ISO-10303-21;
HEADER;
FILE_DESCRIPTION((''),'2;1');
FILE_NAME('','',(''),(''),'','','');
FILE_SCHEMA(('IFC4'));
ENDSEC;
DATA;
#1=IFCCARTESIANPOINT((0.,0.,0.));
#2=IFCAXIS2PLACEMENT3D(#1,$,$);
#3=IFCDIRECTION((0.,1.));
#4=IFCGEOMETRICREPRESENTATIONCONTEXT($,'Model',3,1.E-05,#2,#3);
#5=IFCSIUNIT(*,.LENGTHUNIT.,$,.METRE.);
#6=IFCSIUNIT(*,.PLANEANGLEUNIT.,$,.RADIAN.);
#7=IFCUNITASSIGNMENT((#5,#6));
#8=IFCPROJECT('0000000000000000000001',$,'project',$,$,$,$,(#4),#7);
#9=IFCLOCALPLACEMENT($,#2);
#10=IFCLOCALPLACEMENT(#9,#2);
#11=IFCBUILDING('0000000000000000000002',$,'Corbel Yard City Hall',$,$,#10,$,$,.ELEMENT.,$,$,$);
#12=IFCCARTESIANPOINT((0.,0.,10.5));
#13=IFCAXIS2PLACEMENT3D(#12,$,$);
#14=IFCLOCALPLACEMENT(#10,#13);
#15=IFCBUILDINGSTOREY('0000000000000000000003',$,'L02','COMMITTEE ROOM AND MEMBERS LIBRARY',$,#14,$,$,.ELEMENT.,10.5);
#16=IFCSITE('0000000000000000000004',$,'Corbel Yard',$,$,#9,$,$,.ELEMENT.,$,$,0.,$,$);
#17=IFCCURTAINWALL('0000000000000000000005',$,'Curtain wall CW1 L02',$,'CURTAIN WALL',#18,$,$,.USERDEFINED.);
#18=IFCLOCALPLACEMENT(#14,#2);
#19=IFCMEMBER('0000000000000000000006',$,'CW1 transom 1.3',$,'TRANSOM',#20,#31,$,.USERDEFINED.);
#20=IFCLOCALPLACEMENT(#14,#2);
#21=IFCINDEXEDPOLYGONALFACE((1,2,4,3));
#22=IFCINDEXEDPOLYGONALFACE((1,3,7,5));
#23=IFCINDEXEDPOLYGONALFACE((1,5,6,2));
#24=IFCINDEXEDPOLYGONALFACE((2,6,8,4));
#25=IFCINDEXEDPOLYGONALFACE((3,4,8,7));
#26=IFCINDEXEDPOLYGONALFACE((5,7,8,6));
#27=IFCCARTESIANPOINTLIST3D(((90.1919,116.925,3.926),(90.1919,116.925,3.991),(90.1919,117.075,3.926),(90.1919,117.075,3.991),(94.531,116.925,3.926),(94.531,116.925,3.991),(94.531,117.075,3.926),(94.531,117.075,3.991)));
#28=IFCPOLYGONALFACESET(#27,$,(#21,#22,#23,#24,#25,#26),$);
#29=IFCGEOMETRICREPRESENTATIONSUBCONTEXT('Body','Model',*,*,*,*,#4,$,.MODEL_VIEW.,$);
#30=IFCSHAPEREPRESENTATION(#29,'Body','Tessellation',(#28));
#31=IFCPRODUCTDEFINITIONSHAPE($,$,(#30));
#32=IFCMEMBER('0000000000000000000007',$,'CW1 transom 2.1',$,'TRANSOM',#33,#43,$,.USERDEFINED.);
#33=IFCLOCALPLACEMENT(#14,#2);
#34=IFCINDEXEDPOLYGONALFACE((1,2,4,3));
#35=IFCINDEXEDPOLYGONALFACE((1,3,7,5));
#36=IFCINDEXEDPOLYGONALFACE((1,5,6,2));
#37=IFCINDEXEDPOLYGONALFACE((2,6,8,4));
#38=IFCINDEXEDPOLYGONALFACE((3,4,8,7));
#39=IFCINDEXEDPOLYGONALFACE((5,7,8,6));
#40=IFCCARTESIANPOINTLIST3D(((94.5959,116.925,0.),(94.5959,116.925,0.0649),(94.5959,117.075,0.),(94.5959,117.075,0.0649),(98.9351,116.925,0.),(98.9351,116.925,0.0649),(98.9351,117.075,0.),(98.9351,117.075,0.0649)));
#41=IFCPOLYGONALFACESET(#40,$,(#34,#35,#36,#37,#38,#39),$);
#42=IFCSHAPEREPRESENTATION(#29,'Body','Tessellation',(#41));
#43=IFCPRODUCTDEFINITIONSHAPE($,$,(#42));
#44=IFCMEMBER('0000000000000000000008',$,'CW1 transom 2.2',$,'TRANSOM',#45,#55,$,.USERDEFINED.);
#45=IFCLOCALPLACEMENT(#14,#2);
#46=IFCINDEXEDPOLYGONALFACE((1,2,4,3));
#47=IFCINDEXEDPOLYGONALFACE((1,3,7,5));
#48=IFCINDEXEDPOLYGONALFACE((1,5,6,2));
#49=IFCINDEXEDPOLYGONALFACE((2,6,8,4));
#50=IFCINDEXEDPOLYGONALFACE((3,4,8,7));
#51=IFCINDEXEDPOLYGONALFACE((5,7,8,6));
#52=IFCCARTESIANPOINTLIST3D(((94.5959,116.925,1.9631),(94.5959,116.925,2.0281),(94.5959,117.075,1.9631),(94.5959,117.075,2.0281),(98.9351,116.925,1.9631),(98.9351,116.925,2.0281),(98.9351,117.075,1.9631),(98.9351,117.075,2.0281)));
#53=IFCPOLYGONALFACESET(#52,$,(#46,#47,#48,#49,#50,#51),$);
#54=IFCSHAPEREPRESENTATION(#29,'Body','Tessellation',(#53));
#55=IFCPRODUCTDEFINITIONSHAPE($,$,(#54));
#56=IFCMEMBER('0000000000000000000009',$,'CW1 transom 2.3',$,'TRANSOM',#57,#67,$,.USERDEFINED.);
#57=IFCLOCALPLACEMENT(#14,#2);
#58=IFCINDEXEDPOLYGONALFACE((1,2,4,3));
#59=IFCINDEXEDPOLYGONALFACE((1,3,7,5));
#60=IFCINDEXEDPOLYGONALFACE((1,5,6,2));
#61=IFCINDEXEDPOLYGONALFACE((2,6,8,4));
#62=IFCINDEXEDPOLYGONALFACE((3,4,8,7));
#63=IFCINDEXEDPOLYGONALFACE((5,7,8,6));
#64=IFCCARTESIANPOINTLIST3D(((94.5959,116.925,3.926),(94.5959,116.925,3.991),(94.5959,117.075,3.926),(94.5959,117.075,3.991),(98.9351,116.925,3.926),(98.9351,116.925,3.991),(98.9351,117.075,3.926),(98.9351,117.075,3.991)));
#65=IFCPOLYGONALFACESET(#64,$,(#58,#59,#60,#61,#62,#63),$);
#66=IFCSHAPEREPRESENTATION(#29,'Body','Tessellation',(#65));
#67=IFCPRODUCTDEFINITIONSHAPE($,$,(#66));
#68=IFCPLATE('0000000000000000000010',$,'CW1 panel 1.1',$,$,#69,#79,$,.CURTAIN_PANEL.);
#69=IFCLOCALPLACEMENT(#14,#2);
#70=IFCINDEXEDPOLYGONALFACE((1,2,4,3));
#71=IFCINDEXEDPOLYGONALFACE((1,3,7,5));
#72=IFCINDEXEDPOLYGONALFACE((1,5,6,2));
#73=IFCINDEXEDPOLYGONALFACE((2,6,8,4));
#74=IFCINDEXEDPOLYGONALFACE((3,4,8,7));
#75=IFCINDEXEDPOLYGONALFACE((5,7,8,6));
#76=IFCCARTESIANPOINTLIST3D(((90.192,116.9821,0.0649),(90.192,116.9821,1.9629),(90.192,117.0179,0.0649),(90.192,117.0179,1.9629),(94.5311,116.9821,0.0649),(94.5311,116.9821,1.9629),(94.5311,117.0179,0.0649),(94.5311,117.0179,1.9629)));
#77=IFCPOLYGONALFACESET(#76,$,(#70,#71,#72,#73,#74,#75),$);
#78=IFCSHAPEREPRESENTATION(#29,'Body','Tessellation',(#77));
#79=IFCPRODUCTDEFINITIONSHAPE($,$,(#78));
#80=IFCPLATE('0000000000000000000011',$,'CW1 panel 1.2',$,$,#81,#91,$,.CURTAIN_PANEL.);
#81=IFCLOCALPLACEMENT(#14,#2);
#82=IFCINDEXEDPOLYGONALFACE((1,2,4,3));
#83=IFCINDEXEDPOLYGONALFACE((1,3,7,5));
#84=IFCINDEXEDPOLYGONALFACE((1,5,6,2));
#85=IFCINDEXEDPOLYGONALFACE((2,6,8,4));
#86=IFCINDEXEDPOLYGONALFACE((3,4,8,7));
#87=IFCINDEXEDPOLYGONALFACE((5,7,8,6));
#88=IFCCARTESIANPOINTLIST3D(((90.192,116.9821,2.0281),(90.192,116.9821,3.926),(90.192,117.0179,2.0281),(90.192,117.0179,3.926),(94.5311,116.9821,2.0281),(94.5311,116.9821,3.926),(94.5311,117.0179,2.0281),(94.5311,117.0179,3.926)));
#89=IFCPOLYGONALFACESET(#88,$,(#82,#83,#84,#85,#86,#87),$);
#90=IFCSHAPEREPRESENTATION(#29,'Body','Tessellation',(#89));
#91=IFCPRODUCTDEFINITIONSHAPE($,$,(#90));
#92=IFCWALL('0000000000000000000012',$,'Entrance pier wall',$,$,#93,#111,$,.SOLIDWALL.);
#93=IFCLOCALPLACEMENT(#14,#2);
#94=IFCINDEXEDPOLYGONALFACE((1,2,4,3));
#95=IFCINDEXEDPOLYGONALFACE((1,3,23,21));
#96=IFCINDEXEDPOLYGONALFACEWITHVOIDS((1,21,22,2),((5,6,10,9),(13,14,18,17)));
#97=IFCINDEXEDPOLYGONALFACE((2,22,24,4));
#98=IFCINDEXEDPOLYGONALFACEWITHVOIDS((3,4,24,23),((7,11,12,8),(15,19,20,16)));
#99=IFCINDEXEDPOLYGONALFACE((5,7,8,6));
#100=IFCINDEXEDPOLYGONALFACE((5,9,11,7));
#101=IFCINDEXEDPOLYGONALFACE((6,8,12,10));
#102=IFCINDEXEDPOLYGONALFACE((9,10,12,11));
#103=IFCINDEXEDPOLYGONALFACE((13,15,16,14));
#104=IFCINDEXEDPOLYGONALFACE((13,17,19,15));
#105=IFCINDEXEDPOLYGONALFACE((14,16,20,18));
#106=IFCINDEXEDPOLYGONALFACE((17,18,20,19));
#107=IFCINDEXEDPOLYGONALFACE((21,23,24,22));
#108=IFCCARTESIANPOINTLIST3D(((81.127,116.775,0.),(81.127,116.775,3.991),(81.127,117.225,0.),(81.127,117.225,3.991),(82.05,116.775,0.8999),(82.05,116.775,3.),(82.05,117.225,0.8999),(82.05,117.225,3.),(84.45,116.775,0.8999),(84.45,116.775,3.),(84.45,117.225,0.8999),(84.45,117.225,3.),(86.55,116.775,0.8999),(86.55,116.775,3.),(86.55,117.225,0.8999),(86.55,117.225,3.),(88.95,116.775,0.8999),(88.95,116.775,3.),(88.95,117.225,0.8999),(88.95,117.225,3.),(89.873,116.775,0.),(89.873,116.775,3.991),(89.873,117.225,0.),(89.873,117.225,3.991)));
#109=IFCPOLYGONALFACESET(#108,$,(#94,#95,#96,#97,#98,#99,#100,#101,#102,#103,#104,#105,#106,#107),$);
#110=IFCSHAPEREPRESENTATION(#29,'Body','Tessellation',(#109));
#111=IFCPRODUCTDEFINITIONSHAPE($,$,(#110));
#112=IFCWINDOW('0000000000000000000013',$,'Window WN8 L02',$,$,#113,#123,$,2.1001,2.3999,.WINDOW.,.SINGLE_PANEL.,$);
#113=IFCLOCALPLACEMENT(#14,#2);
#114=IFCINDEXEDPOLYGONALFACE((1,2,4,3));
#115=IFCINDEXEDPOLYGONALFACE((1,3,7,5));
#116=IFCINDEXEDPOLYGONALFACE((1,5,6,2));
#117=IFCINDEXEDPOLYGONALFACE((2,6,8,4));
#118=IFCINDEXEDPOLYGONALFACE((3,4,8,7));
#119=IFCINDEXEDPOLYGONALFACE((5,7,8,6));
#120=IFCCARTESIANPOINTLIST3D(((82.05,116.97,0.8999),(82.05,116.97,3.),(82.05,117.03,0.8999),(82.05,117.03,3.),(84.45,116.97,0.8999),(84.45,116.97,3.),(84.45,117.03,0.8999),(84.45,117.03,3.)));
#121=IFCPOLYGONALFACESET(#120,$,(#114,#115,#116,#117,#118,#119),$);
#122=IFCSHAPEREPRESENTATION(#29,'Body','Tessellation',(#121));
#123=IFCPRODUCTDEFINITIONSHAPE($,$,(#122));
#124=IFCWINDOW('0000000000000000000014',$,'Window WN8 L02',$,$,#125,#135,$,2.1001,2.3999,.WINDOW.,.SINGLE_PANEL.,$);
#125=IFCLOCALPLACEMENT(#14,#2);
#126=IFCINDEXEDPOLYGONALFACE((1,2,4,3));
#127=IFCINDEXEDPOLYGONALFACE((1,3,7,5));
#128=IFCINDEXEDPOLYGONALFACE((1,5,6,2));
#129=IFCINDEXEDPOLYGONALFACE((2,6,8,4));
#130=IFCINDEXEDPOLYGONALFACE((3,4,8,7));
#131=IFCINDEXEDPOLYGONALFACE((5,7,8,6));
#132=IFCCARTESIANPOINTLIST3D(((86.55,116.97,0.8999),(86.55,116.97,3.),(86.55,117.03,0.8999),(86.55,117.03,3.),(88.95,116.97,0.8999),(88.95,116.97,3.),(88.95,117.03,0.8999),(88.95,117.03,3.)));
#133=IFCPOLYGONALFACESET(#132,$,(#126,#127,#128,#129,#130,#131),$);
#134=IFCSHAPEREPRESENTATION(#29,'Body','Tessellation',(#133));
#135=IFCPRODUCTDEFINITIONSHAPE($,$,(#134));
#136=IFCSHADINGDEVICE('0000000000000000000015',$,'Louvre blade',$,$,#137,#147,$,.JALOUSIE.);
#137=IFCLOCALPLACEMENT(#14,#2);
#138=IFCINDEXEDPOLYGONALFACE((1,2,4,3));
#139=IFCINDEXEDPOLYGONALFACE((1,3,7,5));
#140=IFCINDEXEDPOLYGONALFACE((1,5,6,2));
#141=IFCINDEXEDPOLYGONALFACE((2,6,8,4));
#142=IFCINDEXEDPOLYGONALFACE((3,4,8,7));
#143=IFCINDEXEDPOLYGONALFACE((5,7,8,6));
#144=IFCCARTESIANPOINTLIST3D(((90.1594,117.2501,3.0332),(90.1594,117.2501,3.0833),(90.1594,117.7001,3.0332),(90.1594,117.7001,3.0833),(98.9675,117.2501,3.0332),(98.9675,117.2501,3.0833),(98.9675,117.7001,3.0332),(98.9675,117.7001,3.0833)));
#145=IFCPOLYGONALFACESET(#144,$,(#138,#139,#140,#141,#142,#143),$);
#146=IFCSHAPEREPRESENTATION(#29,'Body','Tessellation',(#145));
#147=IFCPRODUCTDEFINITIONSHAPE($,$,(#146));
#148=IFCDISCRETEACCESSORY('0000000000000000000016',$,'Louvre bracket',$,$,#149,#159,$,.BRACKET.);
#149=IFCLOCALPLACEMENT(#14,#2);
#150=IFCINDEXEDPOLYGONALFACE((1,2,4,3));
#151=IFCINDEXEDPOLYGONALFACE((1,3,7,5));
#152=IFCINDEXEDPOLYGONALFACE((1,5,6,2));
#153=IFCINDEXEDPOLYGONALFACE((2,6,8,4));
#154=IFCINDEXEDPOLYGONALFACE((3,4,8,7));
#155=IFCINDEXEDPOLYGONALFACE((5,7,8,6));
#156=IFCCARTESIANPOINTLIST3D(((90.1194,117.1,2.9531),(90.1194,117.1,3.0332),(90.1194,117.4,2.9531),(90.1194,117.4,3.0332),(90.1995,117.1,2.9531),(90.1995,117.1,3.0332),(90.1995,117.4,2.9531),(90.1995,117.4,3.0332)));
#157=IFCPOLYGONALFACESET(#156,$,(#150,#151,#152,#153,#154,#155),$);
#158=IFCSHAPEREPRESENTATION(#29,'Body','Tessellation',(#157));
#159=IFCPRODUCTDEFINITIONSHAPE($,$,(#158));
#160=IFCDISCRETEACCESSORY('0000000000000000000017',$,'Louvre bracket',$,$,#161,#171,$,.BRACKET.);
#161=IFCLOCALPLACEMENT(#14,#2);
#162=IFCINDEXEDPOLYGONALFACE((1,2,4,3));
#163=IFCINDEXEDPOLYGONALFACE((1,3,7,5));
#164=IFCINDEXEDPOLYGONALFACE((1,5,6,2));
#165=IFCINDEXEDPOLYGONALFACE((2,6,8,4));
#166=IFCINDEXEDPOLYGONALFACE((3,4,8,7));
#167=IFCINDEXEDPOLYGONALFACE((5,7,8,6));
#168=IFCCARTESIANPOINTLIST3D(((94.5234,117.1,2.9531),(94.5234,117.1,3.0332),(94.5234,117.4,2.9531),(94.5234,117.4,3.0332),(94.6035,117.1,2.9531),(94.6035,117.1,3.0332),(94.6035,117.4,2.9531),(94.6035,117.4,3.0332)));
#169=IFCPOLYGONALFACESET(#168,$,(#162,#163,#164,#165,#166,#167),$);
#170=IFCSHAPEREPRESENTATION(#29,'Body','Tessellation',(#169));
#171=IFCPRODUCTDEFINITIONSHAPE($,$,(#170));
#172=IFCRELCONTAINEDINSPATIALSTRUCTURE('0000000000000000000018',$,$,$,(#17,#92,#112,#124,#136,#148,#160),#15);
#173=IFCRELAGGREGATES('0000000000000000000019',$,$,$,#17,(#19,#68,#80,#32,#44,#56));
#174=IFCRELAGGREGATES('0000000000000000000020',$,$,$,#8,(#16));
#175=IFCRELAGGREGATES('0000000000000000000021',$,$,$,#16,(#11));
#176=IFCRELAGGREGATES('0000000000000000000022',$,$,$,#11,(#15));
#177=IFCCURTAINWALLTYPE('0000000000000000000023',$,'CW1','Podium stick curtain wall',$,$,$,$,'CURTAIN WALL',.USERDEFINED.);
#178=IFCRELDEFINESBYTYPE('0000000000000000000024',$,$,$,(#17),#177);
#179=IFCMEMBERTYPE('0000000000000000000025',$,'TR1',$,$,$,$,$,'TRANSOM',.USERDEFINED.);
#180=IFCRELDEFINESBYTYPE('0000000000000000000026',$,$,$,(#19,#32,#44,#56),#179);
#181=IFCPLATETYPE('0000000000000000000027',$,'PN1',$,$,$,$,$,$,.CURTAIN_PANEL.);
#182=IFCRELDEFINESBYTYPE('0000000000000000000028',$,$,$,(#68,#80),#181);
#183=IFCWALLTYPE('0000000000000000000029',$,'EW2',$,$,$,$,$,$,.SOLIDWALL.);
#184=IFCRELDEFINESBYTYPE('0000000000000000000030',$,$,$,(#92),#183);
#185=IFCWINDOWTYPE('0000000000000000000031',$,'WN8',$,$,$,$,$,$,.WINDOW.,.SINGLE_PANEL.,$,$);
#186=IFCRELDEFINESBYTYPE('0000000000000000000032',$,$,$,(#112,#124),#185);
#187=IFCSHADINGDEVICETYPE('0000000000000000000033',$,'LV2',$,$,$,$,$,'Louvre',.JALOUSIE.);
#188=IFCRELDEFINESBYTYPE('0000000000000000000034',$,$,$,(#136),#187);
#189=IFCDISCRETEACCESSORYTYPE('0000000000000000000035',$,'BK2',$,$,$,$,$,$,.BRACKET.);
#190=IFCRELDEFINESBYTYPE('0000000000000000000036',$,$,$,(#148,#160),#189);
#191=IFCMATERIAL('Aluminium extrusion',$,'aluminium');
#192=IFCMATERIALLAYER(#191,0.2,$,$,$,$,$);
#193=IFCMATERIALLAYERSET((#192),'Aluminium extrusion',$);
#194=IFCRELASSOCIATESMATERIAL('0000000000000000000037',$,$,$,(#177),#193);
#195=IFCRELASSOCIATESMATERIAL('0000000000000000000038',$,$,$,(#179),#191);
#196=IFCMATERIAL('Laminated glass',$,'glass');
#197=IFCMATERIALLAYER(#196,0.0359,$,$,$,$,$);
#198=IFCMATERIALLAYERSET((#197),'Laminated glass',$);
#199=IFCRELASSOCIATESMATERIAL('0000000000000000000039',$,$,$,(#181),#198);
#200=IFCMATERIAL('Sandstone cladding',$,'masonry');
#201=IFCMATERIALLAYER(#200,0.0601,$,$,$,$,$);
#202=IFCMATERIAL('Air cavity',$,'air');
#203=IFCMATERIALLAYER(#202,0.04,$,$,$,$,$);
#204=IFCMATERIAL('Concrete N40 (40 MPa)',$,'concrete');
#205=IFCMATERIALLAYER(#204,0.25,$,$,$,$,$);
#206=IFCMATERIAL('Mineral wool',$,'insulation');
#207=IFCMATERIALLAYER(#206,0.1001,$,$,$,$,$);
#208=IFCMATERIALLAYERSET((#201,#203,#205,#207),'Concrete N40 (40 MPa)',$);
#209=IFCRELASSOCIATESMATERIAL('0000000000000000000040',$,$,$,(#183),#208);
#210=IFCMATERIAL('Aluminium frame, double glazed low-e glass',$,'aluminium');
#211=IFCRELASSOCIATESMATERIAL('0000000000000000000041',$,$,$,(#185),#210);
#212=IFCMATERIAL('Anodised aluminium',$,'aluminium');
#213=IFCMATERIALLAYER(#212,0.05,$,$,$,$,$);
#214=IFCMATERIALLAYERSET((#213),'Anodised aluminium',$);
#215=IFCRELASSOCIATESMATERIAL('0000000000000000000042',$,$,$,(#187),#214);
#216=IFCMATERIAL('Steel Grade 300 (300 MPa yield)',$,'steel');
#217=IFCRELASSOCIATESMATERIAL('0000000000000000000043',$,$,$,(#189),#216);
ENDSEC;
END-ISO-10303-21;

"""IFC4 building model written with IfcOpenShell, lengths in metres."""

from ifc_helpers import new_model, si_unit, direction, frame, frame_2d, origin, origin_2d, place, context, subcontext, project, spatial, rectangle, extrude, material, layer, layer_set, material_profile, profile_set, type_object, element, fill, aggregate, save


model = new_model("IFC4")

# Units and contexts
model_context = context("Model", 3, precision=1e-05, world=origin(), true_north=direction((0.0, 1.0)))
body_context = subcontext(model_context, "Body", "Model", "MODEL_VIEW")
ifc_project = project(units=[si_unit("LENGTHUNIT", "METRE"), si_unit("PLANEANGLEUNIT", "RADIAN")], contexts=[model_context])

# Site, building, storey
site_placement = place(None, origin())
site = spatial("IfcSite", under=ifc_project, at=site_placement, Name="Corbel Yard", CompositionType="ELEMENT", RefElevation=0.0)
building_placement = place(site_placement, origin())
building = spatial("IfcBuilding", under=site, at=building_placement, Name="Corbel Yard City Hall", CompositionType="ELEMENT")
storey_placement = place(building_placement, frame((0.0, 0.0, 10.5)))
storey = spatial("IfcBuildingStorey", under=building, at=storey_placement, Name="L02", Description="COMMITTEE ROOM AND MEMBERS LIBRARY", CompositionType="ELEMENT", Elevation=10.5)

# Shared definitions
ifc_material_1 = material(Name="Steel Grade 300 (300 MPa yield)", Category="steel")

# Curtain wall
ifc_material_2 = material(Name="Aluminium extrusion", Category="aluminium")
ifc_layer_1 = layer(ifc_material_2, 0.2)
ifc_layer_set_1 = layer_set([ifc_layer_1], Name="Aluminium extrusion")
curtain_wall_type = type_object("IfcCurtainWallType", Name="CW1", Description="Podium stick curtain wall", ElementType="CURTAIN WALL", PredefinedType="USERDEFINED", material=ifc_layer_set_1)
curtain_wall_placement = place(storey_placement, origin())
curtain_wall = element("IfcCurtainWall", 1, at=curtain_wall_placement, inside=storey, type_object=curtain_wall_type, Name="Curtain wall CW1 L02", ObjectType="CURTAIN WALL", PredefinedType="USERDEFINED")

# Members
ifc_material_profile_1 = material_profile(ifc_material_2, rectangle(XDim=0.1499, YDim=0.0649, at=origin_2d()), Name="150x65")
ifc_profile_set_1 = profile_set([ifc_material_profile_1], Name="Aluminium extrusion")
member_type_1 = type_object("IfcMemberType", Name="TR1", ElementType="TRANSOM", PredefinedType="USERDEFINED", material=ifc_profile_set_1)
member_1_placement = place(storey_placement, frame((90.1919, 117.0, 3.9585), z_axis=(1.0, 0.0, 0.0), x_axis=(0.0, 1.0, 0.0)))
member_1 = element("IfcMember", 2, at=member_1_placement, type_object=member_type_1, Name="CW1 transom 1.3", ObjectType="TRANSOM", PredefinedType="USERDEFINED", context=body_context, shape_type="SweptSolid", body=[
    extrude(rectangle(XDim=0.1499, YDim=0.0649, at=origin_2d()), origin(), (0.0, 0.0, 1.0), 4.3391),
])
member_2_placement = place(storey_placement, frame((94.5959, 117.0, 0.0325), z_axis=(1.0, 0.0, 0.0), x_axis=(0.0, 1.0, 0.0)))
member_2 = element("IfcMember", 3, at=member_2_placement, type_object=member_type_1, Name="CW1 transom 2.1", ObjectType="TRANSOM", PredefinedType="USERDEFINED", context=body_context, shape_type="SweptSolid", body=[
    extrude(rectangle(XDim=0.1499, YDim=0.0649, at=origin_2d()), origin(), (0.0, 0.0, 1.0), 4.3391),
])
member_3_placement = place(storey_placement, frame((94.5959, 117.0, 1.9956), z_axis=(1.0, 0.0, 0.0), x_axis=(0.0, 1.0, 0.0)))
member_3 = element("IfcMember", 4, at=member_3_placement, type_object=member_type_1, Name="CW1 transom 2.2", ObjectType="TRANSOM", PredefinedType="USERDEFINED", context=body_context, shape_type="SweptSolid", body=[
    extrude(rectangle(XDim=0.1499, YDim=0.0649, at=origin_2d()), origin(), (0.0, 0.0, 1.0), 4.3391),
])
member_4_placement = place(storey_placement, frame((94.5959, 117.0, 3.9585), z_axis=(1.0, 0.0, 0.0), x_axis=(0.0, 1.0, 0.0)))
member_4 = element("IfcMember", 5, at=member_4_placement, type_object=member_type_1, Name="CW1 transom 2.3", ObjectType="TRANSOM", PredefinedType="USERDEFINED", context=body_context, shape_type="SweptSolid", body=[
    extrude(rectangle(XDim=0.1499, YDim=0.0649, at=origin_2d()), origin(), (0.0, 0.0, 1.0), 4.3391),
])

# Plates
ifc_material_3 = material(Name="Laminated glass", Category="glass")
ifc_layer_2 = layer(ifc_material_3, 0.0359)
ifc_layer_set_2 = layer_set([ifc_layer_2], Name="Laminated glass")
plate_type = type_object("IfcPlateType", Name="PN1", PredefinedType="CURTAIN_PANEL", material=ifc_layer_set_2)
plate_1_placement = place(storey_placement, frame((92.3616, 117.0, 0.0649), z_axis=(0.0, 0.0, 1.0), x_axis=(1.0, 0.0, 0.0)))
plate_1 = element("IfcPlate", 6, at=plate_1_placement, type_object=plate_type, Name="CW1 panel 1.1", PredefinedType="CURTAIN_PANEL", context=body_context, shape_type="SweptSolid", body=[
    extrude(rectangle(XDim=4.3391, YDim=0.0359, at=origin_2d()), origin(), (0.0, 0.0, 1.0), 1.8979),
])
plate_2_placement = place(storey_placement, frame((92.3616, 117.0, 2.0281), z_axis=(0.0, 0.0, 1.0), x_axis=(1.0, 0.0, 0.0)))
plate_2 = element("IfcPlate", 7, at=plate_2_placement, type_object=plate_type, Name="CW1 panel 1.2", PredefinedType="CURTAIN_PANEL", context=body_context, shape_type="SweptSolid", body=[
    extrude(rectangle(XDim=4.3391, YDim=0.0359, at=origin_2d()), origin(), (0.0, 0.0, 1.0), 1.8979),
])
aggregate(curtain_wall, [member_1, plate_1, plate_2, member_2, member_3, member_4])

# Wall, openings, windows
ifc_material_4 = material(Name="Sandstone cladding", Category="masonry")
ifc_layer_3 = layer(ifc_material_4, 0.0601)
ifc_material_5 = material(Name="Air cavity", Category="air")
ifc_layer_4 = layer(ifc_material_5, 0.04)
ifc_material_6 = material(Name="Concrete N40 (40 MPa)", Category="concrete")
ifc_layer_5 = layer(ifc_material_6, 0.25)
ifc_material_7 = material(Name="Mineral wool", Category="insulation")
ifc_layer_6 = layer(ifc_material_7, 0.1001)
ifc_layer_set_3 = layer_set([ifc_layer_3, ifc_layer_4, ifc_layer_5, ifc_layer_6], Name="Concrete N40 (40 MPa)")
wall_type = type_object("IfcWallType", Name="EW2", PredefinedType="SOLIDWALL", material=ifc_layer_set_3)
wall_placement = place(storey_placement, frame((81.127, 117.0, 0.0), z_axis=(0.0, 0.0, 1.0), x_axis=(1.0, 0.0, 0.0)))
wall = element("IfcWall", 8, at=wall_placement, inside=storey, type_object=wall_type, Name="Entrance pier wall", PredefinedType="SOLIDWALL", context=body_context, shape_type="SweptSolid", body=[
    extrude(rectangle(XDim=8.7461, YDim=0.45, at=frame_2d((4.373, 0.0))), origin(), (0.0, 0.0, 1.0), 3.991),
])
opening_1_placement = place(wall_placement, frame((0.9231, 0.0, 0.8999)))
opening_1 = element("IfcOpeningElement", 9, at=opening_1_placement, cuts=wall, PredefinedType="OPENING", context=body_context, shape_type="SweptSolid", body=[
    extrude(rectangle(XDim=2.3999, YDim=2.1001, at=frame_2d((1.2, 1.05))), frame((0.0, 0.2349, 0.0), z_axis=(0.0, -1.0, 0.0), x_axis=(1.0, 0.0, 0.0)), (0.0, 0.0, 1.0), 0.47),
])
opening_2_placement = place(wall_placement, frame((5.4231, 0.0, 0.8999)))
opening_2 = element("IfcOpeningElement", 10, at=opening_2_placement, cuts=wall, PredefinedType="OPENING", context=body_context, shape_type="SweptSolid", body=[
    extrude(rectangle(XDim=2.3999, YDim=2.1001, at=frame_2d((1.2, 1.05))), frame((0.0, 0.2349, 0.0), z_axis=(0.0, -1.0, 0.0), x_axis=(1.0, 0.0, 0.0)), (0.0, 0.0, 1.0), 0.47),
])
ifc_material_8 = material(Name="Aluminium frame, double glazed low-e glass", Category="aluminium")
window_type = type_object("IfcWindowType", Name="WN8", PartitioningType="SINGLE_PANEL", PredefinedType="WINDOW", material=ifc_material_8)
window_1_placement = place(opening_1_placement, origin())
window_1 = element("IfcWindow", 11, at=window_1_placement, inside=storey, type_object=window_type, Name="Window WN8 L02", OverallHeight=2.1001, OverallWidth=2.3999, PartitioningType="SINGLE_PANEL", PredefinedType="WINDOW", context=body_context, shape_type="SweptSolid", body=[
    extrude(rectangle(XDim=2.3999, YDim=2.1001, at=frame_2d((1.2, 1.05))), frame((0.0, 0.03, 0.0), z_axis=(0.0, -1.0, 0.0), x_axis=(1.0, 0.0, 0.0)), (0.0, 0.0, 1.0), 0.0601),
])
fill(opening_1, window_1)
window_2_placement = place(opening_2_placement, origin())
window_2 = element("IfcWindow", 12, at=window_2_placement, inside=storey, type_object=window_type, Name="Window WN8 L02", OverallHeight=2.1001, OverallWidth=2.3999, PartitioningType="SINGLE_PANEL", PredefinedType="WINDOW", context=body_context, shape_type="SweptSolid", body=[
    extrude(rectangle(XDim=2.3999, YDim=2.1001, at=frame_2d((1.2, 1.05))), frame((0.0, 0.03, 0.0), z_axis=(0.0, -1.0, 0.0), x_axis=(1.0, 0.0, 0.0)), (0.0, 0.0, 1.0), 0.0601),
])
fill(opening_2, window_2)

# Shading device
ifc_material_9 = material(Name="Anodised aluminium", Category="aluminium")
ifc_layer_7 = layer(ifc_material_9, 0.05)
ifc_layer_set_4 = layer_set([ifc_layer_7], Name="Anodised aluminium")
shading_device_type = type_object("IfcShadingDeviceType", Name="LV2", ElementType="Louvre", PredefinedType="JALOUSIE", material=ifc_layer_set_4)
shading_device_placement = place(storey_placement, frame((94.5635, 117.4751, 3.0332), z_axis=(0.0, 0.0, 1.0), x_axis=(1.0, 0.0, 0.0)))
element("IfcShadingDevice", 13, at=shading_device_placement, inside=storey, type_object=shading_device_type, Name="Louvre blade", PredefinedType="JALOUSIE", context=body_context, shape_type="SweptSolid", body=[
    extrude(rectangle(XDim=8.8081, YDim=0.45, at=origin_2d()), origin(), (0.0, 0.0, 1.0), 0.05),
])

# Discrete accessories
discrete_accessory_type = type_object("IfcDiscreteAccessoryType", Name="BK2", PredefinedType="BRACKET", material=ifc_material_1)
for number, where, z_axis, x_axis, name in (
    (14, (90.1594, 117.25, 2.9531), (0.0, 0.0, 1.0), (1.0, 0.0, 0.0), "Louvre bracket"),
    (15, (94.5635, 117.25, 2.9531), (0.0, 0.0, 1.0), (1.0, 0.0, 0.0), "Louvre bracket"),
):
    element("IfcDiscreteAccessory", number, at=place(storey_placement, frame(where, z_axis=z_axis, x_axis=x_axis)), inside=storey, type_object=discrete_accessory_type, Name=name, PredefinedType="BRACKET", context=body_context, shape_type="SweptSolid", body=[
        extrude(rectangle(XDim=0.0801, YDim=0.3, at=origin_2d()), origin(), (0.0, 0.0, 1.0), 0.0801),
    ])

save(model, "model.ifc")
